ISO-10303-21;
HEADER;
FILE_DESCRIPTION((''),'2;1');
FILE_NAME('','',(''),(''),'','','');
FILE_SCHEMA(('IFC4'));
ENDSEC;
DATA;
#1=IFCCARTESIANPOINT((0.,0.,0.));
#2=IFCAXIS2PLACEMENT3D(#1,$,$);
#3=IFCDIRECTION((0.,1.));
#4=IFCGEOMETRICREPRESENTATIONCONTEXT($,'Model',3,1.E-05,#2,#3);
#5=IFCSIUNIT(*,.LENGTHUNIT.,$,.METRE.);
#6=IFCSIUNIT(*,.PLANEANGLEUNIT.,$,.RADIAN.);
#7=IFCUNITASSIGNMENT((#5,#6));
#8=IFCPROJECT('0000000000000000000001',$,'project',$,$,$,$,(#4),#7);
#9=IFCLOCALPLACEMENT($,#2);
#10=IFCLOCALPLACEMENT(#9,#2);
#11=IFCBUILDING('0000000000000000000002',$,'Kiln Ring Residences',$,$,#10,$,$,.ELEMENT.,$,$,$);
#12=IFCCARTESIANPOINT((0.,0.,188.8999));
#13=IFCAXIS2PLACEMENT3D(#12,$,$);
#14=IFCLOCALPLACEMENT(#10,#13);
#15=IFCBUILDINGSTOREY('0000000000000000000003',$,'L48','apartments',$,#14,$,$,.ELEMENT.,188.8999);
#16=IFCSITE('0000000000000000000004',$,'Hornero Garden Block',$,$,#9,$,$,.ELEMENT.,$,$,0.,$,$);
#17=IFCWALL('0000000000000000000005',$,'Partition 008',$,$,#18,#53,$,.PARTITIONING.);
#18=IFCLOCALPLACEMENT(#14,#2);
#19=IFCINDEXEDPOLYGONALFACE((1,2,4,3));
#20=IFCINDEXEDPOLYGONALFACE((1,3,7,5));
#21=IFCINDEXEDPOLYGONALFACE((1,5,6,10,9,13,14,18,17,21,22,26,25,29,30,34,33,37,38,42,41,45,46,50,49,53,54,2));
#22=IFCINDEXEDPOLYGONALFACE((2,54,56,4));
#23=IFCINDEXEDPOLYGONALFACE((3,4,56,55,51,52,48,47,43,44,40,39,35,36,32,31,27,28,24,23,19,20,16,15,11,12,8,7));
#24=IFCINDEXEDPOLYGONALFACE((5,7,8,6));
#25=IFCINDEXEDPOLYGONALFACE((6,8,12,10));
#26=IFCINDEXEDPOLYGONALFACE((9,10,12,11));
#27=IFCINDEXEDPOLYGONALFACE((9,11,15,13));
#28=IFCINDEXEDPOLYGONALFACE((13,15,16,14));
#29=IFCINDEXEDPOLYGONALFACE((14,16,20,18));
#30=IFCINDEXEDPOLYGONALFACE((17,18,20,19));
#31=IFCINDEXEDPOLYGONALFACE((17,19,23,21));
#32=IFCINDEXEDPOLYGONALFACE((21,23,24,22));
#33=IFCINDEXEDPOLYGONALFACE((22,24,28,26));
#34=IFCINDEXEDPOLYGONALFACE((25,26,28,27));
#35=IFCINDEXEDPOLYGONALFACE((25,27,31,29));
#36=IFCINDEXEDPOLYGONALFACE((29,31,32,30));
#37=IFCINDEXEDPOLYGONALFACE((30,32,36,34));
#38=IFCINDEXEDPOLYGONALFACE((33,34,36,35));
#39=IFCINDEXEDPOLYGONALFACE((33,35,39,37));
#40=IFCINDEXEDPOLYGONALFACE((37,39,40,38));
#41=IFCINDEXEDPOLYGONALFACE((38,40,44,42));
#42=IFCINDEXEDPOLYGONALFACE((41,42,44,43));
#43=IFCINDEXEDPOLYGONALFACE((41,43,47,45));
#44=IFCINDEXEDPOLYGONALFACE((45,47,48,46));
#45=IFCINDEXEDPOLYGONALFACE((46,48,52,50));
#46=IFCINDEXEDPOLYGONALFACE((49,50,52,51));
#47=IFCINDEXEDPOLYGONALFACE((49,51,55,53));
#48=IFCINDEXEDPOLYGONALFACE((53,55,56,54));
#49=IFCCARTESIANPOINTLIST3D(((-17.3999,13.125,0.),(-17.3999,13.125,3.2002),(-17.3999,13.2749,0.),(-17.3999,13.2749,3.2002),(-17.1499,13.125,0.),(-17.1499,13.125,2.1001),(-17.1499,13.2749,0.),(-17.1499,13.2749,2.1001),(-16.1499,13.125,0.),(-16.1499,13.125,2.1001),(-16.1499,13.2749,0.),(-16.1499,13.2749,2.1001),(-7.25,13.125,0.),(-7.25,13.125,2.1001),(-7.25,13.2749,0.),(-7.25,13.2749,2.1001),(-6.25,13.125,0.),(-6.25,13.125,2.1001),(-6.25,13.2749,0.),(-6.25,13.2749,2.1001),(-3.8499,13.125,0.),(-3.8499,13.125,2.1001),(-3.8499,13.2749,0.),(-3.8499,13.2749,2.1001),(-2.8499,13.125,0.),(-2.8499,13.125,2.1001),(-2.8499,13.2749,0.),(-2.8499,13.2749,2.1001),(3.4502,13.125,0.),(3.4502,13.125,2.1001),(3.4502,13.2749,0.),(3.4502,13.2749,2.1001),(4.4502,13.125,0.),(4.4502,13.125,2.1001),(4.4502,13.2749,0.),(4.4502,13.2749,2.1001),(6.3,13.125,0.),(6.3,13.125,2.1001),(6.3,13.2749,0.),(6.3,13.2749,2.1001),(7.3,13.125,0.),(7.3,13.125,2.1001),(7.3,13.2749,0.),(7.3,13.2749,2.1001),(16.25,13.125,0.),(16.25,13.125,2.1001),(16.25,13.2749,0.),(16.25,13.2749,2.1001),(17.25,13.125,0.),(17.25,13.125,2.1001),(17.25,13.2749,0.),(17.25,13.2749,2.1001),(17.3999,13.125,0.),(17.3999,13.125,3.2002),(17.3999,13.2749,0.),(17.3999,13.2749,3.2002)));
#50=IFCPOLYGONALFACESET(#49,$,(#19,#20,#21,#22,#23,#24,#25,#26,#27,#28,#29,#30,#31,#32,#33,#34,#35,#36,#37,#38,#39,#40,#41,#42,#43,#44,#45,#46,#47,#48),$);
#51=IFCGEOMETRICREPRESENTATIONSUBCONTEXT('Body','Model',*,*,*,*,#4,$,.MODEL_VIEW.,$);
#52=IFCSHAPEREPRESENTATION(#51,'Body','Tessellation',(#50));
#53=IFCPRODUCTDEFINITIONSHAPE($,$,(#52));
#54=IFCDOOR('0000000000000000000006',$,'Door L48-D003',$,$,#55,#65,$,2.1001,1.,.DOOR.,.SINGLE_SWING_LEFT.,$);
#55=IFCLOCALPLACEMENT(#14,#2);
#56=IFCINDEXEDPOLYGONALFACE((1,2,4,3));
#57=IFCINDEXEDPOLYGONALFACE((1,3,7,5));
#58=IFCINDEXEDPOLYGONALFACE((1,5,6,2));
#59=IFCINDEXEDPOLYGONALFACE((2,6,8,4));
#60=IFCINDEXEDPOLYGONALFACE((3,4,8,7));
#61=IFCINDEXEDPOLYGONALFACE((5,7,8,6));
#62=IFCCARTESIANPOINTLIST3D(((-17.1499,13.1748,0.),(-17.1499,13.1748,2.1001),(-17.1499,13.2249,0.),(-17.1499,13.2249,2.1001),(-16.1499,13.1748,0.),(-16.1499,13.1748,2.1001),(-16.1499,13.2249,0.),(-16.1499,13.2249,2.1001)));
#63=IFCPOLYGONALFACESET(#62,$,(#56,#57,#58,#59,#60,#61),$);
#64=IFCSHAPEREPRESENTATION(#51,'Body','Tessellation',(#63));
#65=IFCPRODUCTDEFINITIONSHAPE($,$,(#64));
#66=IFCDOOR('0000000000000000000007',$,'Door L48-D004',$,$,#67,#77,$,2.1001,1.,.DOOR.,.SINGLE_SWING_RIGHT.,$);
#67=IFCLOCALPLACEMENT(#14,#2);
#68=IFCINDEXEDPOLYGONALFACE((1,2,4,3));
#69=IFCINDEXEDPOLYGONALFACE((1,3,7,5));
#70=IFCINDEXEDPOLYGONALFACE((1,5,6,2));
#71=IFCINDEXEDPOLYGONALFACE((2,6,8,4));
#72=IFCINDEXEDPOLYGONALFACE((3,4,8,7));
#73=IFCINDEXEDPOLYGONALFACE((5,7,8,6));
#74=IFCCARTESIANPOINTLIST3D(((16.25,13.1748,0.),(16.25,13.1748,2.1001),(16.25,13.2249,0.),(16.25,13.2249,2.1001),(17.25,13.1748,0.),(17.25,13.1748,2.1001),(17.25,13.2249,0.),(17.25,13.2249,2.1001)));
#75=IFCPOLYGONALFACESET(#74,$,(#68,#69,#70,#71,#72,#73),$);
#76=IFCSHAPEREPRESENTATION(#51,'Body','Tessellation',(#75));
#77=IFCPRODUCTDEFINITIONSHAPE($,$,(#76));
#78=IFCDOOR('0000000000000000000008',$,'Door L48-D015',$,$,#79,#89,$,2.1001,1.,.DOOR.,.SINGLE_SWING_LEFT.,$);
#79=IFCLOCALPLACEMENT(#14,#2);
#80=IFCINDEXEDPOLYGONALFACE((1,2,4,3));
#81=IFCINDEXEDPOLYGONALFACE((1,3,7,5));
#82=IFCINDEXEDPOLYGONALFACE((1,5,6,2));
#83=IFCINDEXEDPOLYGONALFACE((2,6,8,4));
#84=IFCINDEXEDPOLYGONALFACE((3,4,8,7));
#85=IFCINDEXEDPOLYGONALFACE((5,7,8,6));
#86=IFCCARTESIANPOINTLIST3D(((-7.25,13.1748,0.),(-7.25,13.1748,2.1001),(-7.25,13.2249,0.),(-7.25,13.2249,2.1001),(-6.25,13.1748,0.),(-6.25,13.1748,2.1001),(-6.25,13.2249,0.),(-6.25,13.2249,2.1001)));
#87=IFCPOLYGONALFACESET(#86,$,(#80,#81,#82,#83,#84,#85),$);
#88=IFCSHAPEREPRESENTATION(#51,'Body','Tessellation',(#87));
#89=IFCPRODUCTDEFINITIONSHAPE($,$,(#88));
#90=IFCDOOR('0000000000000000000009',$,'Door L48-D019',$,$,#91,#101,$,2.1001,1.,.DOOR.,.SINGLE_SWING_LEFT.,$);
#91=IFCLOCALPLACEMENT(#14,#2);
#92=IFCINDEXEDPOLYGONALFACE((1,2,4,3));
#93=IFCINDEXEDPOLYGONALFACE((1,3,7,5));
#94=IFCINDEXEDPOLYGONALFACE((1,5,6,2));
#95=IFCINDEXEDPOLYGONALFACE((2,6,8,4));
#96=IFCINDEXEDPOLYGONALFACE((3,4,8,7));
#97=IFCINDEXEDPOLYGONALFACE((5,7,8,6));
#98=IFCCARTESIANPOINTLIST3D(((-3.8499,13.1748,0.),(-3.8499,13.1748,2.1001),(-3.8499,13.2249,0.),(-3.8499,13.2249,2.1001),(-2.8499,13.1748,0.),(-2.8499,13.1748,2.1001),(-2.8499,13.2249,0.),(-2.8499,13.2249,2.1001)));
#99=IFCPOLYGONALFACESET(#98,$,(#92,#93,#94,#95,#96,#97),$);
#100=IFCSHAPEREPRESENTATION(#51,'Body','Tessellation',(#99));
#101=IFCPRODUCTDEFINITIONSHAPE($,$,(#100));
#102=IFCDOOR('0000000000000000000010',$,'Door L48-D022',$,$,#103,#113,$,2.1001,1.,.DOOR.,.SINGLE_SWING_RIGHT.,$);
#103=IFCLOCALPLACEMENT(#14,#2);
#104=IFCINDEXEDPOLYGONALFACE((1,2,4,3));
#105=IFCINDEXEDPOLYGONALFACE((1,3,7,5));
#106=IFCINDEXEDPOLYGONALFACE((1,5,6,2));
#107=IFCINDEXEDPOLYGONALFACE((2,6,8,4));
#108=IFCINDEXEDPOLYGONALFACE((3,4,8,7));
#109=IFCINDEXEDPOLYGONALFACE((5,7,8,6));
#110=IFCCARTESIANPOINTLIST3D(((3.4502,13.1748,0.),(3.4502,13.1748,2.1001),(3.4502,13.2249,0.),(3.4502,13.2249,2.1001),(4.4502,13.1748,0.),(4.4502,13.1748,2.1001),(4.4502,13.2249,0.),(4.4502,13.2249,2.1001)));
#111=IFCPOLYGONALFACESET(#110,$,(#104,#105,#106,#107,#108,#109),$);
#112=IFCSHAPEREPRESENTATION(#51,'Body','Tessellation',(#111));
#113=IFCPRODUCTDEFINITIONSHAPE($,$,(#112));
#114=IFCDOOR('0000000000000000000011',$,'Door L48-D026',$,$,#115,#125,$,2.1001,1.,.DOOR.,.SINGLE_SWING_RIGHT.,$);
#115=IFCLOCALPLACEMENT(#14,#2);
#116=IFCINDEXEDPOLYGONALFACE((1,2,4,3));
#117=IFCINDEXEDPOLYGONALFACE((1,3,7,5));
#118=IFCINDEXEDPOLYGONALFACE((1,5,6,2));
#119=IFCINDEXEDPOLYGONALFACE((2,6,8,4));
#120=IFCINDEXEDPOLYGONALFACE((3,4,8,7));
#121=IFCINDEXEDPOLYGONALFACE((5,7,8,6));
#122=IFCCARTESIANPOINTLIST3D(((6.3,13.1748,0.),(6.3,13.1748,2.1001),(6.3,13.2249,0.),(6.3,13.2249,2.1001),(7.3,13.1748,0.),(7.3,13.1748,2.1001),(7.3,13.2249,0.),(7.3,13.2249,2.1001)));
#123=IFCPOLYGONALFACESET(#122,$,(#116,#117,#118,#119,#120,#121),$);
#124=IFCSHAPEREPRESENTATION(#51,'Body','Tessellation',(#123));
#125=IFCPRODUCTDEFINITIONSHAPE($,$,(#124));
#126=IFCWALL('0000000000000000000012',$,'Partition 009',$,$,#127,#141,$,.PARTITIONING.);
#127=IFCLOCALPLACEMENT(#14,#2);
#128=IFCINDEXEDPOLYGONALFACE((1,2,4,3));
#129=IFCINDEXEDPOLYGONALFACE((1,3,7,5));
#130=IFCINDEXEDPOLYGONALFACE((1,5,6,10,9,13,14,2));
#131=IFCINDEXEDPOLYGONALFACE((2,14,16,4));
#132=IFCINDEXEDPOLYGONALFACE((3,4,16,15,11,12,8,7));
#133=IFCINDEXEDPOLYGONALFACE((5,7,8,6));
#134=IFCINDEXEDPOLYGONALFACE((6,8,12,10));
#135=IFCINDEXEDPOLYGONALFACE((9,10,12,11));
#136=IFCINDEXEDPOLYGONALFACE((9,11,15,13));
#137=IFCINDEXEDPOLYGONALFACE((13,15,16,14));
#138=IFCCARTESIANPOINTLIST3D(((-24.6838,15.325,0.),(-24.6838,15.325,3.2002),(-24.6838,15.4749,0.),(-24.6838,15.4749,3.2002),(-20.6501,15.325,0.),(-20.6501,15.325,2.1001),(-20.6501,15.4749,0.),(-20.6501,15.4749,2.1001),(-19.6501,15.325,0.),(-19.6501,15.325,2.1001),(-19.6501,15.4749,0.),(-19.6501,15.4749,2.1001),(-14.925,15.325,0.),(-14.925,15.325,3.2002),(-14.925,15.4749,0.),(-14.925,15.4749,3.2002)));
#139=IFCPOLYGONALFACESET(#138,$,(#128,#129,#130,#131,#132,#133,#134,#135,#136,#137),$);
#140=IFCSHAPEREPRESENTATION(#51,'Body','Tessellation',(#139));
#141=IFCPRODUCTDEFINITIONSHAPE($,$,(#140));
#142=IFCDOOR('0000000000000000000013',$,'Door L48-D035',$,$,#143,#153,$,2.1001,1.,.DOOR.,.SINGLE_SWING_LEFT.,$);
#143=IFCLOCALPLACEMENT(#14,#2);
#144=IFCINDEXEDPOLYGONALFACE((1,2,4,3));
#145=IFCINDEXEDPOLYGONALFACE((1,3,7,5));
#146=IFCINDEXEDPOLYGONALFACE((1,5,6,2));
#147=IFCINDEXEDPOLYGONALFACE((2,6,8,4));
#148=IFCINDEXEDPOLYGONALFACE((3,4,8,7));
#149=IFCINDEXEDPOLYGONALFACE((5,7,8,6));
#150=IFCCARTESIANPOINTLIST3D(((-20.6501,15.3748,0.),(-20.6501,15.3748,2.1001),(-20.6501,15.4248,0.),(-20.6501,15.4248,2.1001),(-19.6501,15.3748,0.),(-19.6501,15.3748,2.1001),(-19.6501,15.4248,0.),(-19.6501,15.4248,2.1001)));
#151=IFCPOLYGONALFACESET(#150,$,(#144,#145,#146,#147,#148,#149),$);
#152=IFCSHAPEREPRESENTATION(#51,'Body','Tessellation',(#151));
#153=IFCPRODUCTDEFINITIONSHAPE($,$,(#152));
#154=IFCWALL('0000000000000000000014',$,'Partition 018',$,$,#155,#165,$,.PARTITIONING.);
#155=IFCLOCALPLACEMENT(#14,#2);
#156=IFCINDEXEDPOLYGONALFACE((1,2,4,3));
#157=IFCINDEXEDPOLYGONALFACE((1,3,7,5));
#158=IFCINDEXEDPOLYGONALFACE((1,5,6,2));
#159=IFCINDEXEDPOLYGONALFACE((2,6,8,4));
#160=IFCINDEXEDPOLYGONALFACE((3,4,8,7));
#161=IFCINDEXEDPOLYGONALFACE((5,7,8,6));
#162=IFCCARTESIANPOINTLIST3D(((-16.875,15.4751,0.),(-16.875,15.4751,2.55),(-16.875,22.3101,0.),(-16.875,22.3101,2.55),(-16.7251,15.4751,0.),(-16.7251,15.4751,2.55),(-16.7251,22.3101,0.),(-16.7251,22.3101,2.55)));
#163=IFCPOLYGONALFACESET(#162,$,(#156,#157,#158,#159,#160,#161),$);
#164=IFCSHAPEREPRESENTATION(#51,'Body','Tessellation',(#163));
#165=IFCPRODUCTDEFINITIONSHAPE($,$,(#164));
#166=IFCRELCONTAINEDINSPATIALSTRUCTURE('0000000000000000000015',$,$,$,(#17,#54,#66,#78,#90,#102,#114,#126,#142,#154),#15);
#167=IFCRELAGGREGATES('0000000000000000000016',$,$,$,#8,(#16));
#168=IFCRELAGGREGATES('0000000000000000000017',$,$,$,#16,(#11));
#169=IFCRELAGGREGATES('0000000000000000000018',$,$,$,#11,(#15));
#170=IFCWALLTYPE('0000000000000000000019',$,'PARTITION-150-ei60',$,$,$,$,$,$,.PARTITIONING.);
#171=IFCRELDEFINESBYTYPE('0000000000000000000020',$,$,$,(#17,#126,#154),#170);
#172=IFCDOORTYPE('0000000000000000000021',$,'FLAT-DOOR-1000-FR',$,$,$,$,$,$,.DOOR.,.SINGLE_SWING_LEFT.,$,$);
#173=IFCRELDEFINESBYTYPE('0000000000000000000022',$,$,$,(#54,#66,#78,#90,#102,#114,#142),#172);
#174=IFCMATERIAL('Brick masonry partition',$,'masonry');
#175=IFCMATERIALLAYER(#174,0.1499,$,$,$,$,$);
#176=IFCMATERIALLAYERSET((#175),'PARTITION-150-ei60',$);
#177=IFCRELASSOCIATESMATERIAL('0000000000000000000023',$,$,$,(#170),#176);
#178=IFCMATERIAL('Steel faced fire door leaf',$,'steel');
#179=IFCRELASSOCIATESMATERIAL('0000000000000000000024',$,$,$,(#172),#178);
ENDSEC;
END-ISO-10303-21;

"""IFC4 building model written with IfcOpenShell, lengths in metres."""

from ifc_helpers import new_model, si_unit, direction, frame, frame_2d, origin, place, context, subcontext, project, spatial, rectangle, extrude, material, layer, layer_set, type_object, element, fill, save


model = new_model("IFC4")

# Units and contexts
model_context = context("Model", 3, precision=1e-05, world=origin(), true_north=direction((0.0, 1.0)))
body_context = subcontext(model_context, "Body", "Model", "MODEL_VIEW")
ifc_project = project(units=[si_unit("LENGTHUNIT", "METRE"), si_unit("PLANEANGLEUNIT", "RADIAN")], contexts=[model_context])

# Site, building, storey
site_placement = place(None, origin())
site = spatial("IfcSite", under=ifc_project, at=site_placement, Name="Hornero Garden Block", CompositionType="ELEMENT", RefElevation=0.0)
building_placement = place(site_placement, origin())
building = spatial("IfcBuilding", under=site, at=building_placement, Name="Kiln Ring Residences", CompositionType="ELEMENT")
storey_placement = place(building_placement, frame((0.0, 0.0, 188.8999)))
storey = spatial("IfcBuildingStorey", under=building, at=storey_placement, Name="L48", Description="apartments", CompositionType="ELEMENT", Elevation=188.8999)

# Wall, openings, doors
ifc_material_1 = material(Name="Brick masonry partition", Category="masonry")
ifc_layer_1 = layer(ifc_material_1, 0.1499)
ifc_layer_set_1 = layer_set([ifc_layer_1], Name="PARTITION-150-ei60")
wall_type_1 = type_object("IfcWallType", Name="PARTITION-150-ei60", PredefinedType="PARTITIONING", material=ifc_layer_set_1)
wall_1_placement = place(storey_placement, frame((-17.3999, 13.2, 0.0), z_axis=(0.0, 0.0, 1.0), x_axis=(1.0, 0.0, 0.0)))
wall_1 = element("IfcWall", 1, at=wall_1_placement, inside=storey, type_object=wall_type_1, Name="Partition 008", PredefinedType="PARTITIONING", context=body_context, shape_type="SweptSolid", body=[
    extrude(rectangle(XDim=34.7998, YDim=0.1499, at=frame_2d((17.3999, 0.0))), origin(), (0.0, 0.0, 1.0), 3.2002),
])
opening_1_placement = place(wall_1_placement, frame((0.25, 0.0, 0.0)))
opening_1 = element("IfcOpeningElement", 2, at=opening_1_placement, cuts=wall_1, PredefinedType="OPENING", context=body_context, shape_type="SweptSolid", body=[
    extrude(rectangle(XDim=1.0, YDim=2.1001, at=frame_2d((0.5, 1.05))), frame((0.0, 0.085, 0.0), z_axis=(0.0, -1.0, 0.0), x_axis=(1.0, 0.0, 0.0)), (0.0, 0.0, 1.0), 0.1699),
])
opening_2_placement = place(wall_1_placement, frame((33.6499, 0.0, 0.0)))
opening_2 = element("IfcOpeningElement", 3, at=opening_2_placement, cuts=wall_1, PredefinedType="OPENING", context=body_context, shape_type="SweptSolid", body=[
    extrude(rectangle(XDim=1.0, YDim=2.1001, at=frame_2d((0.5, 1.05))), frame((0.0, 0.085, 0.0), z_axis=(0.0, -1.0, 0.0), x_axis=(1.0, 0.0, 0.0)), (0.0, 0.0, 1.0), 0.1699),
])
opening_3_placement = place(wall_1_placement, frame((10.1499, 0.0, 0.0)))
opening_3 = element("IfcOpeningElement", 4, at=opening_3_placement, cuts=wall_1, PredefinedType="OPENING", context=body_context, shape_type="SweptSolid", body=[
    extrude(rectangle(XDim=1.0, YDim=2.1001, at=frame_2d((0.5, 1.05))), frame((0.0, 0.085, 0.0), z_axis=(0.0, -1.0, 0.0), x_axis=(1.0, 0.0, 0.0)), (0.0, 0.0, 1.0), 0.1699),
])
opening_4_placement = place(wall_1_placement, frame((13.55, 0.0, 0.0)))
opening_4 = element("IfcOpeningElement", 5, at=opening_4_placement, cuts=wall_1, PredefinedType="OPENING", context=body_context, shape_type="SweptSolid", body=[
    extrude(rectangle(XDim=1.0, YDim=2.1001, at=frame_2d((0.5, 1.05))), frame((0.0, 0.085, 0.0), z_axis=(0.0, -1.0, 0.0), x_axis=(1.0, 0.0, 0.0)), (0.0, 0.0, 1.0), 0.1699),
])
opening_5_placement = place(wall_1_placement, frame((20.8501, 0.0, 0.0)))
opening_5 = element("IfcOpeningElement", 6, at=opening_5_placement, cuts=wall_1, PredefinedType="OPENING", context=body_context, shape_type="SweptSolid", body=[
    extrude(rectangle(XDim=1.0, YDim=2.1001, at=frame_2d((0.5, 1.05))), frame((0.0, 0.085, 0.0), z_axis=(0.0, -1.0, 0.0), x_axis=(1.0, 0.0, 0.0)), (0.0, 0.0, 1.0), 0.1699),
])
opening_6_placement = place(wall_1_placement, frame((23.7, 0.0, 0.0)))
opening_6 = element("IfcOpeningElement", 7, at=opening_6_placement, cuts=wall_1, PredefinedType="OPENING", context=body_context, shape_type="SweptSolid", body=[
    extrude(rectangle(XDim=1.0, YDim=2.1001, at=frame_2d((0.5, 1.05))), frame((0.0, 0.085, 0.0), z_axis=(0.0, -1.0, 0.0), x_axis=(1.0, 0.0, 0.0)), (0.0, 0.0, 1.0), 0.1699),
])
ifc_material_2 = material(Name="Steel faced fire door leaf", Category="steel")
door_type = type_object("IfcDoorType", Name="FLAT-DOOR-1000-FR", OperationType="SINGLE_SWING_LEFT", PredefinedType="DOOR", material=ifc_material_2)
door_1_placement = place(opening_1_placement, origin())
door_1 = element("IfcDoor", 8, at=door_1_placement, inside=storey, type_object=door_type, Name="Door L48-D003", OperationType="SINGLE_SWING_LEFT", OverallHeight=2.1001, OverallWidth=1.0, PredefinedType="DOOR", context=body_context, shape_type="SweptSolid", body=[
    extrude(rectangle(XDim=1.0, YDim=2.1001, at=frame_2d((0.5, 1.05))), frame((0.0, 0.0249, 0.0), z_axis=(0.0, -1.0, 0.0), x_axis=(1.0, 0.0, 0.0)), (0.0, 0.0, 1.0), 0.05),
])
fill(opening_1, door_1)
door_2_placement = place(opening_2_placement, origin())
door_2 = element("IfcDoor", 9, at=door_2_placement, inside=storey, type_object=door_type, Name="Door L48-D004", OperationType="SINGLE_SWING_RIGHT", OverallHeight=2.1001, OverallWidth=1.0, PredefinedType="DOOR", context=body_context, shape_type="SweptSolid", body=[
    extrude(rectangle(XDim=1.0, YDim=2.1001, at=frame_2d((0.5, 1.05))), frame((0.0, 0.0249, 0.0), z_axis=(0.0, -1.0, 0.0), x_axis=(1.0, 0.0, 0.0)), (0.0, 0.0, 1.0), 0.05),
])
fill(opening_2, door_2)
door_3_placement = place(opening_3_placement, origin())
door_3 = element("IfcDoor", 10, at=door_3_placement, inside=storey, type_object=door_type, Name="Door L48-D015", OperationType="SINGLE_SWING_LEFT", OverallHeight=2.1001, OverallWidth=1.0, PredefinedType="DOOR", context=body_context, shape_type="SweptSolid", body=[
    extrude(rectangle(XDim=1.0, YDim=2.1001, at=frame_2d((0.5, 1.05))), frame((0.0, 0.0249, 0.0), z_axis=(0.0, -1.0, 0.0), x_axis=(1.0, 0.0, 0.0)), (0.0, 0.0, 1.0), 0.05),
])
fill(opening_3, door_3)
door_4_placement = place(opening_4_placement, origin())
door_4 = element("IfcDoor", 11, at=door_4_placement, inside=storey, type_object=door_type, Name="Door L48-D019", OperationType="SINGLE_SWING_LEFT", OverallHeight=2.1001, OverallWidth=1.0, PredefinedType="DOOR", context=body_context, shape_type="SweptSolid", body=[
    extrude(rectangle(XDim=1.0, YDim=2.1001, at=frame_2d((0.5, 1.05))), frame((0.0, 0.0249, 0.0), z_axis=(0.0, -1.0, 0.0), x_axis=(1.0, 0.0, 0.0)), (0.0, 0.0, 1.0), 0.05),
])
fill(opening_4, door_4)
door_5_placement = place(opening_5_placement, origin())
door_5 = element("IfcDoor", 12, at=door_5_placement, inside=storey, type_object=door_type, Name="Door L48-D022", OperationType="SINGLE_SWING_RIGHT", OverallHeight=2.1001, OverallWidth=1.0, PredefinedType="DOOR", context=body_context, shape_type="SweptSolid", body=[
    extrude(rectangle(XDim=1.0, YDim=2.1001, at=frame_2d((0.5, 1.05))), frame((0.0, 0.0249, 0.0), z_axis=(0.0, -1.0, 0.0), x_axis=(1.0, 0.0, 0.0)), (0.0, 0.0, 1.0), 0.05),
])
fill(opening_5, door_5)
door_6_placement = place(opening_6_placement, origin())
door_6 = element("IfcDoor", 13, at=door_6_placement, inside=storey, type_object=door_type, Name="Door L48-D026", OperationType="SINGLE_SWING_RIGHT", OverallHeight=2.1001, OverallWidth=1.0, PredefinedType="DOOR", context=body_context, shape_type="SweptSolid", body=[
    extrude(rectangle(XDim=1.0, YDim=2.1001, at=frame_2d((0.5, 1.05))), frame((0.0, 0.0249, 0.0), z_axis=(0.0, -1.0, 0.0), x_axis=(1.0, 0.0, 0.0)), (0.0, 0.0, 1.0), 0.05),
])
fill(opening_6, door_6)

# Wall, opening, door
wall_2_placement = place(storey_placement, frame((-24.6838, 15.3999, 0.0), z_axis=(0.0, 0.0, 1.0), x_axis=(1.0, 0.0, 0.0)))
wall_2 = element("IfcWall", 14, at=wall_2_placement, inside=storey, type_object=wall_type_1, Name="Partition 009", PredefinedType="PARTITIONING", context=body_context, shape_type="SweptSolid", body=[
    extrude(rectangle(XDim=9.7588, YDim=0.1499, at=frame_2d((4.8794, 0.0))), origin(), (0.0, 0.0, 1.0), 3.2002),
])
opening_7_placement = place(wall_2_placement, frame((4.0337, 0.0, 0.0)))
opening_7 = element("IfcOpeningElement", 15, at=opening_7_placement, cuts=wall_2, PredefinedType="OPENING", context=body_context, shape_type="SweptSolid", body=[
    extrude(rectangle(XDim=1.0, YDim=2.1001, at=frame_2d((0.5, 1.05))), frame((0.0, 0.085, 0.0), z_axis=(0.0, -1.0, 0.0), x_axis=(1.0, 0.0, 0.0)), (0.0, 0.0, 1.0), 0.1699),
])
door_7_placement = place(opening_7_placement, origin())
door_7 = element("IfcDoor", 16, at=door_7_placement, inside=storey, type_object=door_type, Name="Door L48-D035", OperationType="SINGLE_SWING_LEFT", OverallHeight=2.1001, OverallWidth=1.0, PredefinedType="DOOR", context=body_context, shape_type="SweptSolid", body=[
    extrude(rectangle(XDim=1.0, YDim=2.1001, at=frame_2d((0.5, 1.05))), frame((0.0, 0.0249, 0.0), z_axis=(0.0, -1.0, 0.0), x_axis=(1.0, 0.0, 0.0)), (0.0, 0.0, 1.0), 0.05),
])
fill(opening_7, door_7)

# Wall
wall_3_placement = place(storey_placement, frame((-16.8, 15.4751, 0.0), z_axis=(0.0, 0.0, 1.0), x_axis=(0.0, 1.0, 0.0)))
element("IfcWall", 17, at=wall_3_placement, inside=storey, type_object=wall_type_1, Name="Partition 018", PredefinedType="PARTITIONING", context=body_context, shape_type="SweptSolid", body=[
    extrude(rectangle(XDim=6.835, YDim=0.1499, at=frame_2d((3.4175, 0.0))), origin(), (0.0, 0.0, 1.0), 2.55),
])

save(model, "model.ifc")
